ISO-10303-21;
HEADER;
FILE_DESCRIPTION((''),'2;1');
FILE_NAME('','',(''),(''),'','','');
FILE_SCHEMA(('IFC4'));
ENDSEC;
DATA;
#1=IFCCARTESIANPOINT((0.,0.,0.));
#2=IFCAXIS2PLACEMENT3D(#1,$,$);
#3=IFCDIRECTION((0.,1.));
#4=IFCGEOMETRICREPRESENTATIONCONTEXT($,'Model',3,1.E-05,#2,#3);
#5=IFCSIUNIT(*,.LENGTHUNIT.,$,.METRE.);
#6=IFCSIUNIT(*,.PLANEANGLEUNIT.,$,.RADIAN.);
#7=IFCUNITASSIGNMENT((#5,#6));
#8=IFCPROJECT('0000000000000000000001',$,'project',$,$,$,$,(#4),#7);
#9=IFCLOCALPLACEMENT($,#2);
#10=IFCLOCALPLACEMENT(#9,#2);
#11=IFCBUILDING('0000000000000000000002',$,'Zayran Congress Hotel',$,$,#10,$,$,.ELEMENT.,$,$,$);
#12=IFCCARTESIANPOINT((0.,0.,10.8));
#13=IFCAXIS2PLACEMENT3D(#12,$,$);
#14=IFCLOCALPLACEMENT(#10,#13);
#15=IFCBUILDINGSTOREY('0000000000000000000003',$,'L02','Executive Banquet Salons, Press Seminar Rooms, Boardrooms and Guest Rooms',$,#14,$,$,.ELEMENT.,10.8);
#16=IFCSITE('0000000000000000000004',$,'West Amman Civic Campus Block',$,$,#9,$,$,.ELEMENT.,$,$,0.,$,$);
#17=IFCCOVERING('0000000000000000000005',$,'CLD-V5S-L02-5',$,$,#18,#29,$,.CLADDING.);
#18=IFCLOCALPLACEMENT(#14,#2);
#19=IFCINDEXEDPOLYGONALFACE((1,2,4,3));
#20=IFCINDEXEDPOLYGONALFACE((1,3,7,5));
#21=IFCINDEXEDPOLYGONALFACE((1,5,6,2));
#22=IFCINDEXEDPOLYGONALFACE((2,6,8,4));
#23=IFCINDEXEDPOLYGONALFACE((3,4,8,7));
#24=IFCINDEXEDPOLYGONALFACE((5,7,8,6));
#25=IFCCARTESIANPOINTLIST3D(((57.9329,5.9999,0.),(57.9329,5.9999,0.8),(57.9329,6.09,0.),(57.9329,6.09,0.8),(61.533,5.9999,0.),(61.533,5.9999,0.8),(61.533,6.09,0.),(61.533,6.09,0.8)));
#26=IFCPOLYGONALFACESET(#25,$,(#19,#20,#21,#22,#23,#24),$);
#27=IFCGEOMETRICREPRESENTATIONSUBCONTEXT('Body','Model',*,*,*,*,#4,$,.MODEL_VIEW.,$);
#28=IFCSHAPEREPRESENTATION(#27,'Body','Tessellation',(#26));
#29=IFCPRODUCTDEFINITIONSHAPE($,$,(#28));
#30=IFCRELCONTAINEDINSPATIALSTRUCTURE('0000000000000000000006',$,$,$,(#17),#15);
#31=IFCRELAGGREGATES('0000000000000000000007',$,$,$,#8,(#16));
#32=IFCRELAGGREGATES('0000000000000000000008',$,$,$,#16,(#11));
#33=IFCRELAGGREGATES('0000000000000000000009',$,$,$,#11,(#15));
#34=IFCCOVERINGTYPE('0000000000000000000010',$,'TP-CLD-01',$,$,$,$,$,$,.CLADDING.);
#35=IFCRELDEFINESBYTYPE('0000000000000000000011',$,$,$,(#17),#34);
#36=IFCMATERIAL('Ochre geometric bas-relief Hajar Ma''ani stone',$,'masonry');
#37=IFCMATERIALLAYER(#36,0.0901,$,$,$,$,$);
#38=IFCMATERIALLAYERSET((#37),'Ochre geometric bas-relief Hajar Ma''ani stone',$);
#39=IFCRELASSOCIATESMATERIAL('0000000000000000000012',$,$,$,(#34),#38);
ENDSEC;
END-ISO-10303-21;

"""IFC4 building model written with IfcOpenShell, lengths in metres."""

from ifc_helpers import new_model, si_unit, direction, frame, origin, origin_2d, place, context, subcontext, project, spatial, rectangle, extrude, material, layer, layer_set, type_object, element, save


model = new_model("IFC4")

# Units and contexts
model_context = context("Model", 3, precision=1e-05, world=origin(), true_north=direction((0.0, 1.0)))
body_context = subcontext(model_context, "Body", "Model", "MODEL_VIEW")
ifc_project = project(units=[si_unit("LENGTHUNIT", "METRE"), si_unit("PLANEANGLEUNIT", "RADIAN")], contexts=[model_context])

# Site, building, storey
site_placement = place(None, origin())
site = spatial("IfcSite", under=ifc_project, at=site_placement, Name="West Amman Civic Campus Block", CompositionType="ELEMENT", RefElevation=0.0)
building_placement = place(site_placement, origin())
building = spatial("IfcBuilding", under=site, at=building_placement, Name="Zayran Congress Hotel", CompositionType="ELEMENT")
storey_placement = place(building_placement, frame((0.0, 0.0, 10.8)))
storey = spatial("IfcBuildingStorey", under=building, at=storey_placement, Name="L02", Description="Executive Banquet Salons, Press Seminar Rooms, Boardrooms and Guest Rooms", CompositionType="ELEMENT", Elevation=10.8)

# Covering
ifc_material_1 = material(Name="Ochre geometric bas-relief Hajar Ma'ani stone", Category="masonry")
ifc_layer_1 = layer(ifc_material_1, 0.0901)
ifc_layer_set_1 = layer_set([ifc_layer_1], Name="Ochre geometric bas-relief Hajar Ma'ani stone")
covering_type = type_object("IfcCoveringType", Name="TP-CLD-01", PredefinedType="CLADDING", material=ifc_layer_set_1)
covering_placement = place(storey_placement, frame((59.7329, 6.0449, 0.0), z_axis=(0.0, 0.0, 1.0), x_axis=(1.0, 0.0, 0.0)))
element("IfcCovering", 1, at=covering_placement, inside=storey, type_object=covering_type, Name="CLD-V5S-L02-5", PredefinedType="CLADDING", context=body_context, shape_type="SweptSolid", body=[
    extrude(rectangle(XDim=3.6001, YDim=0.0901, at=origin_2d()), origin(), (0.0, 0.0, 1.0), 0.8),
])

save(model, "model.ifc")
